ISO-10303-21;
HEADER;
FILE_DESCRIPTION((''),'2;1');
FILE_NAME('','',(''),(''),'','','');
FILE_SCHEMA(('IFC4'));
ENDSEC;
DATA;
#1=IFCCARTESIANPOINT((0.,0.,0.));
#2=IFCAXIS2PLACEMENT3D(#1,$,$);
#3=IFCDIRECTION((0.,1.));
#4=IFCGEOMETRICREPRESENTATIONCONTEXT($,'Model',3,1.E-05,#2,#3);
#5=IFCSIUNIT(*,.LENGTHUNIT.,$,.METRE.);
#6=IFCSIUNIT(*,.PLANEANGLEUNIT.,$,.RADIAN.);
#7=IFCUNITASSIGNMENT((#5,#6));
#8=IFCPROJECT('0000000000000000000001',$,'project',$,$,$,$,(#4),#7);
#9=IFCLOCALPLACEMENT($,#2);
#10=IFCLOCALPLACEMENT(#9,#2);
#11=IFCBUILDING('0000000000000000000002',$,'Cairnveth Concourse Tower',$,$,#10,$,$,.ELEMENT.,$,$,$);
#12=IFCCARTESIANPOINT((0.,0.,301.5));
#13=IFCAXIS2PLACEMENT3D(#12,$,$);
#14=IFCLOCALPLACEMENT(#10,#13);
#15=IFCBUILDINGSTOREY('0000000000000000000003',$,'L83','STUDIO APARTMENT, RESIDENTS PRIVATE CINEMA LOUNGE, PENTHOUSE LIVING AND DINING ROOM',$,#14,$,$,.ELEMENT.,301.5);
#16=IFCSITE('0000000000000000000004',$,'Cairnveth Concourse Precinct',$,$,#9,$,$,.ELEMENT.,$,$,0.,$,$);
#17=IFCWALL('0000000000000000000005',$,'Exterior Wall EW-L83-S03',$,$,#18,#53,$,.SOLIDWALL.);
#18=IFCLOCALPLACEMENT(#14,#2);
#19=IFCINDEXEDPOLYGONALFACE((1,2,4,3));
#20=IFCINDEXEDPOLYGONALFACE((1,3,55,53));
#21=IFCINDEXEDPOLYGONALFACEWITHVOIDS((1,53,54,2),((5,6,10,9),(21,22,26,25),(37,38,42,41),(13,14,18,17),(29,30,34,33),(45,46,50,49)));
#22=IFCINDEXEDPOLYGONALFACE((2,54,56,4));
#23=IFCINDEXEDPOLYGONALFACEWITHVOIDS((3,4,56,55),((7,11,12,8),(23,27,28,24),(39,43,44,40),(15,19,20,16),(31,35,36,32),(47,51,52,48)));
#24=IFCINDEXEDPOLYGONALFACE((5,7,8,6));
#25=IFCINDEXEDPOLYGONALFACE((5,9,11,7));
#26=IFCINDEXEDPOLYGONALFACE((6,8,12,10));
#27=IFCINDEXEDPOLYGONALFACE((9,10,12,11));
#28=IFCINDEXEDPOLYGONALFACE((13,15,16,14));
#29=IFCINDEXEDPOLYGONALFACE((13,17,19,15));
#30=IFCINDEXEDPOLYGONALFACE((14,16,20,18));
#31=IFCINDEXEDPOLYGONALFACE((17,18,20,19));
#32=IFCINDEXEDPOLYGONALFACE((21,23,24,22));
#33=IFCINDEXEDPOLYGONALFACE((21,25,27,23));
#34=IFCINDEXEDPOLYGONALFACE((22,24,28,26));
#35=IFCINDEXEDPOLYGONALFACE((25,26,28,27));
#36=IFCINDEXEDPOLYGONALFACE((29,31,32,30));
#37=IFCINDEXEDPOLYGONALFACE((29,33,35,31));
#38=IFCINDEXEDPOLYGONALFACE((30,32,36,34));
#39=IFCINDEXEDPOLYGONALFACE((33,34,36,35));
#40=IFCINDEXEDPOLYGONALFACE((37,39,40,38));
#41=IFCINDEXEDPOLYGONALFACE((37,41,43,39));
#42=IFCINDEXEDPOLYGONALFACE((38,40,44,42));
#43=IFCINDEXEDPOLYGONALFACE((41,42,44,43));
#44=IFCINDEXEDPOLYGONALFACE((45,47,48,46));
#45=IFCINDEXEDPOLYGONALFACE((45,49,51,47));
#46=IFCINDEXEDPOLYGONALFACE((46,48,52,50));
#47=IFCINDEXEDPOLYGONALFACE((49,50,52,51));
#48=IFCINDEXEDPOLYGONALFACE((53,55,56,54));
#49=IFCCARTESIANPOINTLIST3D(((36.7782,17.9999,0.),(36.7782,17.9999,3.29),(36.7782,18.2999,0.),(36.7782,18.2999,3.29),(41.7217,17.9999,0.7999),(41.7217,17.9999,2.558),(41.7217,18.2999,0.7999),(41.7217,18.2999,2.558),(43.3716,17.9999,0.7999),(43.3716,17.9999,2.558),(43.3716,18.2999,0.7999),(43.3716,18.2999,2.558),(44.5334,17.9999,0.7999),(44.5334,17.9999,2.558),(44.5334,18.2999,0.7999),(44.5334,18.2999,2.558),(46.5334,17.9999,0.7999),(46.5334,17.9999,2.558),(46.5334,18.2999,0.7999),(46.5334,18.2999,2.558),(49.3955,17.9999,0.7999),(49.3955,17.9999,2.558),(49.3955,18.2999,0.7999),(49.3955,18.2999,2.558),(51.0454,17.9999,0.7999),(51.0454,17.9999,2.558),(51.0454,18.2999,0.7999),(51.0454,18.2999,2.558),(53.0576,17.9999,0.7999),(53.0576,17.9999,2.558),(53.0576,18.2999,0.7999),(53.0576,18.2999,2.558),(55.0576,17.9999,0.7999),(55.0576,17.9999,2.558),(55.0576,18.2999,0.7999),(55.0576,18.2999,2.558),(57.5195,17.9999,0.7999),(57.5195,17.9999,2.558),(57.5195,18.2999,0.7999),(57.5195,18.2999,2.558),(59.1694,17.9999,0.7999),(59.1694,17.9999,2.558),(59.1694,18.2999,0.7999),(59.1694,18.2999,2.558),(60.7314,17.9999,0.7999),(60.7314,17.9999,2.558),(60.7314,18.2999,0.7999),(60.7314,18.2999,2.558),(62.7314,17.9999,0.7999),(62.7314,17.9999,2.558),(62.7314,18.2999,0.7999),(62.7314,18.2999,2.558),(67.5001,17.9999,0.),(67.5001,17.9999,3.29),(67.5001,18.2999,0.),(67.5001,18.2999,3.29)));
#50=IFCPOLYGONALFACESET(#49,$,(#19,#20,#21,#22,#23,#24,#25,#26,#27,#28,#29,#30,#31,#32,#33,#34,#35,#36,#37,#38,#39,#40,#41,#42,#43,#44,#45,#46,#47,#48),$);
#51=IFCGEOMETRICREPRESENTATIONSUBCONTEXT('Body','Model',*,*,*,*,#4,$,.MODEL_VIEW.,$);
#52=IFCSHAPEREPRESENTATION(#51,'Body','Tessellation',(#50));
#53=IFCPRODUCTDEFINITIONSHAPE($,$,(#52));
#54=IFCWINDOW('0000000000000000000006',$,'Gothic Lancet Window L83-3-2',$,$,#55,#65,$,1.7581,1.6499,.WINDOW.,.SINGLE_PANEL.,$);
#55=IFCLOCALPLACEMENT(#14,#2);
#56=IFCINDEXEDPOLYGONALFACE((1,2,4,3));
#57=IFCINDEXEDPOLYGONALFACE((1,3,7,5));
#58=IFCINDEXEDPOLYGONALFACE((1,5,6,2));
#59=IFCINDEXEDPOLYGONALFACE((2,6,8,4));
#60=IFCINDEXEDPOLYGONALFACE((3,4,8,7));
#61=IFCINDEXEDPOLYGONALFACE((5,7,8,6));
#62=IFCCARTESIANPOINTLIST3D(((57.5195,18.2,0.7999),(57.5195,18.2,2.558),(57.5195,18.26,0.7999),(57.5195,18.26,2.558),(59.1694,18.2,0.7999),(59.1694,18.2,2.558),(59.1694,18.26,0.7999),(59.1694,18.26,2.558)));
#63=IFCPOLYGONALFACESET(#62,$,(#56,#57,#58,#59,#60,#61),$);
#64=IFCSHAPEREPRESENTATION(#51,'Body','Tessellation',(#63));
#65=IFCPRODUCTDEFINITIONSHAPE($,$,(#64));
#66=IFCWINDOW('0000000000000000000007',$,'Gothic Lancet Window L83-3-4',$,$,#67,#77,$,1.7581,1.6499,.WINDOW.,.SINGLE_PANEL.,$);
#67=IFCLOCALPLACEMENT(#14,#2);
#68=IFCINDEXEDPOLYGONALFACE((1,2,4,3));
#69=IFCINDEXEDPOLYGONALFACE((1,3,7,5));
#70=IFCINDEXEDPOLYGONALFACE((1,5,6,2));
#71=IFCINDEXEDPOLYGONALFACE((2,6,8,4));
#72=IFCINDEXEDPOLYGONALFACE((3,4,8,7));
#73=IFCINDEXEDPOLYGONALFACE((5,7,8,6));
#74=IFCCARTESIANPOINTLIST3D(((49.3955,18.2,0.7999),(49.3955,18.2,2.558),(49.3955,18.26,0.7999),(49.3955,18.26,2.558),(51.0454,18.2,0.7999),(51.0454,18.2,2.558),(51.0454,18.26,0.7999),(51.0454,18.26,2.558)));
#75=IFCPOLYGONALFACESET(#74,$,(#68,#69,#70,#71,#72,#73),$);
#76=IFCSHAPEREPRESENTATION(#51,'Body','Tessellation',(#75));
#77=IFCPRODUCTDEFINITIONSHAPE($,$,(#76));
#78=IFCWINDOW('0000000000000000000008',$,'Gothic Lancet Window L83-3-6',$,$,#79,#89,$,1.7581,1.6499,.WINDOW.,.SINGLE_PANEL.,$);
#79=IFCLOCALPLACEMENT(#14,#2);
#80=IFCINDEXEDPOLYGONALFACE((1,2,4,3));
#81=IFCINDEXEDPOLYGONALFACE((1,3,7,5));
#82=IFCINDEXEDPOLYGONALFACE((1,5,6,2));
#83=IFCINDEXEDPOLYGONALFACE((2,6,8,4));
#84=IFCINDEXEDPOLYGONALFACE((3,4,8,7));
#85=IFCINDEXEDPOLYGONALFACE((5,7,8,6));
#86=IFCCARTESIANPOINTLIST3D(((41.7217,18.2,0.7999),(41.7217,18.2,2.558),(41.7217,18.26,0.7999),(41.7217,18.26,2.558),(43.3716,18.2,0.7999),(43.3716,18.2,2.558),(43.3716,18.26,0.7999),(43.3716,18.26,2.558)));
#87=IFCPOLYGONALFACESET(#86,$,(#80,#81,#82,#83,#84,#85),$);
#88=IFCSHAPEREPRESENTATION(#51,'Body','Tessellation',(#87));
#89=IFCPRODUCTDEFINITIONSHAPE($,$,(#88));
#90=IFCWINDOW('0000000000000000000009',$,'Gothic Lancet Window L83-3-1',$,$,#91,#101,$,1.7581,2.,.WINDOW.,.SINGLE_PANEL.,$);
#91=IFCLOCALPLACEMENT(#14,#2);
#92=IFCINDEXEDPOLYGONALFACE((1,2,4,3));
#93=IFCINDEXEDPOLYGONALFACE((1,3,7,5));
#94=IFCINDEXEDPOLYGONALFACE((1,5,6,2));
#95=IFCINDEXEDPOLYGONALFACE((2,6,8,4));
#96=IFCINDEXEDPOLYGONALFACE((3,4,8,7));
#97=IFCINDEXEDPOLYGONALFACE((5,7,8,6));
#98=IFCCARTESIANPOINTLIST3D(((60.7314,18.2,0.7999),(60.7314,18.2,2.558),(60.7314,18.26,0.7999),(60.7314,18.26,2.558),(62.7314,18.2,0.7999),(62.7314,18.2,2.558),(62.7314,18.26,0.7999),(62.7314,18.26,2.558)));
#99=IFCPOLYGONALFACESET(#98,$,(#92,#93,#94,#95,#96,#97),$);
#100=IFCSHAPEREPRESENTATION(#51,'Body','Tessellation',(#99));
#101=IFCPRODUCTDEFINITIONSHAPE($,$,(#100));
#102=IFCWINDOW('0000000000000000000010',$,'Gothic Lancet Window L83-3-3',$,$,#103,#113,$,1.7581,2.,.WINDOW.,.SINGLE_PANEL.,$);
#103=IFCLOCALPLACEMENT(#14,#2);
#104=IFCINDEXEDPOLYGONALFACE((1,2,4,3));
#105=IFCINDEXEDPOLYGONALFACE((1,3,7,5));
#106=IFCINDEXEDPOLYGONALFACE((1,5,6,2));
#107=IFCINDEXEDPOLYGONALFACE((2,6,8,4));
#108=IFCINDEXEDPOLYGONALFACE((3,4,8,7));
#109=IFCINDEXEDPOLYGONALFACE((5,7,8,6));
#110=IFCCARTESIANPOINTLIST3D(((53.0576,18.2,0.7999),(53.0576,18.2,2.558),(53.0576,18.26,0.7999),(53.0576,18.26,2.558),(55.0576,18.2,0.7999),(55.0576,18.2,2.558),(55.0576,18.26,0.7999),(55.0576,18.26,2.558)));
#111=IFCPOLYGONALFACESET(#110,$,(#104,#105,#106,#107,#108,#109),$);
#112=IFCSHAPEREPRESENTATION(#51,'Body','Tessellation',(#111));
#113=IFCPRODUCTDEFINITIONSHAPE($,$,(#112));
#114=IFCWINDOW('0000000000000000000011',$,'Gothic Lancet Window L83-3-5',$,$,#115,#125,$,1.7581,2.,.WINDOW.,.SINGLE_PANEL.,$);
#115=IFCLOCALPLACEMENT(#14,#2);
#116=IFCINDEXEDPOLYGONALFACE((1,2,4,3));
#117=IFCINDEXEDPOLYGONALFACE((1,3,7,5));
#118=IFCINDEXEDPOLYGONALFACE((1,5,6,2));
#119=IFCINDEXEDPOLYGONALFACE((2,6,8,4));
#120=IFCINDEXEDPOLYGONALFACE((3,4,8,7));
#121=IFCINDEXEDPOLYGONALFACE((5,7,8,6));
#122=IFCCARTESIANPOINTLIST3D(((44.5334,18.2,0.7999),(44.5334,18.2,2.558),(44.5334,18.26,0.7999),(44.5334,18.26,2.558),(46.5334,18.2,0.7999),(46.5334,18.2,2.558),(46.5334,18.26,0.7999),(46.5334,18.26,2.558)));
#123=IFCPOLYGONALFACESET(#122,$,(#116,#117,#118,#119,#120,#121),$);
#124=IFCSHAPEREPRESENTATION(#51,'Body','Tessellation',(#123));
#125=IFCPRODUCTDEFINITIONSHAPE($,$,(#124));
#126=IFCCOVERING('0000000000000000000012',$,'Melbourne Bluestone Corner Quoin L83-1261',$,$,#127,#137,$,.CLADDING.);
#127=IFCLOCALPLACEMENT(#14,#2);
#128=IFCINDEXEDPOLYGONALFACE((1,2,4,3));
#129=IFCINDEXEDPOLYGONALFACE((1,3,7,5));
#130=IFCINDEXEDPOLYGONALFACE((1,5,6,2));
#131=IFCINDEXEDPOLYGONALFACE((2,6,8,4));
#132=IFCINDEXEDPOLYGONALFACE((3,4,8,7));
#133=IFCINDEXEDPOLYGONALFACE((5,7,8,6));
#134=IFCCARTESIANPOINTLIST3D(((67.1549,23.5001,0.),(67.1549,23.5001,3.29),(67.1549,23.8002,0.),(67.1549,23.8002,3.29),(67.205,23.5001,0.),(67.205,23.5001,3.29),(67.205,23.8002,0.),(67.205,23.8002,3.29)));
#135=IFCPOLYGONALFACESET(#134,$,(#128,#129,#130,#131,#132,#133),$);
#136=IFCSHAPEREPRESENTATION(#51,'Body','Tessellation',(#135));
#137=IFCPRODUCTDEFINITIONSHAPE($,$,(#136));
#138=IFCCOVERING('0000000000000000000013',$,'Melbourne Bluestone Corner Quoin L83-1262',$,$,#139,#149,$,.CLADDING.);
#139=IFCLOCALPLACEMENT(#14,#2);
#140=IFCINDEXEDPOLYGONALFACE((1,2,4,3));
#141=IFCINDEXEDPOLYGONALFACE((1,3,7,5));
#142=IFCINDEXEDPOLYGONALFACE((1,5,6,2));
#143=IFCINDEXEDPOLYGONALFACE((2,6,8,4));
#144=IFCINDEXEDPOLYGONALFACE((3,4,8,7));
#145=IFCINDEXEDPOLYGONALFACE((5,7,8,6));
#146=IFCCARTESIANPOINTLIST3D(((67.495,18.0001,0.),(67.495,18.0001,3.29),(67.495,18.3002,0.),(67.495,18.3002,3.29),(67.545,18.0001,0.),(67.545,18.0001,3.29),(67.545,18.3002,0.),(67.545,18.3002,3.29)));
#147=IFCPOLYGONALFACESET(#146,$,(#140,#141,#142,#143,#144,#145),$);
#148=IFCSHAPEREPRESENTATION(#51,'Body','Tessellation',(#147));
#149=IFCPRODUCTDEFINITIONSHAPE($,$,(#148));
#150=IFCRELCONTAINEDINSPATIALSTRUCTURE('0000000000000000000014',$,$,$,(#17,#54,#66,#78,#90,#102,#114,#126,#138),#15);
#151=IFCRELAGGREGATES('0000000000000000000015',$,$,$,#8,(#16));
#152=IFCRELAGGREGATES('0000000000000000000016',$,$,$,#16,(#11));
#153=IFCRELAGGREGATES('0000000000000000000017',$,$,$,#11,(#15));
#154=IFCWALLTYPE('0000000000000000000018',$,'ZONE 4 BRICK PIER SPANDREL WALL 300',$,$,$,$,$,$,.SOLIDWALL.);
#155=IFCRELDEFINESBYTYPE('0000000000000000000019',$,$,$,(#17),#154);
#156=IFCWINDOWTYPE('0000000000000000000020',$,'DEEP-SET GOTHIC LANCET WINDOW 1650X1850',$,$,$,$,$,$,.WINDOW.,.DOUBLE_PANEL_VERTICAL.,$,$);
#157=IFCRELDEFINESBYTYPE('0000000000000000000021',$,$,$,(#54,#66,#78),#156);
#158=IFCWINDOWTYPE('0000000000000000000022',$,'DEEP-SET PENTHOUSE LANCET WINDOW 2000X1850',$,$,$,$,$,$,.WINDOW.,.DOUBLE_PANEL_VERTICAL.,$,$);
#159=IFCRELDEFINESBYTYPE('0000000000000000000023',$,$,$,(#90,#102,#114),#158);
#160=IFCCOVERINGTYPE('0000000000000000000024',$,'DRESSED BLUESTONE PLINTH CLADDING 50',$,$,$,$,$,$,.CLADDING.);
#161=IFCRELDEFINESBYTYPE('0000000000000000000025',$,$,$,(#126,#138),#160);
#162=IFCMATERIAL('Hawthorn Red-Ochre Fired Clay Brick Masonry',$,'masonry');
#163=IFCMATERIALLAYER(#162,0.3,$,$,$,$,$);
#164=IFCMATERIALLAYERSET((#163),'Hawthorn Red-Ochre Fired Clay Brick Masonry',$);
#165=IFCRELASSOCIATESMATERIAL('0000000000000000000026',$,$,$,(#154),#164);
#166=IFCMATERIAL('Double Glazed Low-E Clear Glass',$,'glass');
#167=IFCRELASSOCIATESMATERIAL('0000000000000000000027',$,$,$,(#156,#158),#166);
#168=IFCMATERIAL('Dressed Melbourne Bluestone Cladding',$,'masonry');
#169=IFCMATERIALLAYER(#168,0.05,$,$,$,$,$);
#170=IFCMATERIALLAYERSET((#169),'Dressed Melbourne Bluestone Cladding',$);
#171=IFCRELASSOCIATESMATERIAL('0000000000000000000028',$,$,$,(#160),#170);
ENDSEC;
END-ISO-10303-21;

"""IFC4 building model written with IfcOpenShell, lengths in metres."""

from ifc_helpers import new_model, si_unit, direction, frame, frame_2d, origin, place, context, subcontext, project, spatial, rectangle, extrude, material, layer, layer_set, type_object, element, fill, save


model = new_model("IFC4")

# Units and contexts
model_context = context("Model", 3, precision=1e-05, world=origin(), true_north=direction((0.0, 1.0)))
body_context = subcontext(model_context, "Body", "Model", "MODEL_VIEW")
ifc_project = project(units=[si_unit("LENGTHUNIT", "METRE"), si_unit("PLANEANGLEUNIT", "RADIAN")], contexts=[model_context])

# Site, building, storey
site_placement = place(None, origin())
site = spatial("IfcSite", under=ifc_project, at=site_placement, Name="Cairnveth Concourse Precinct", CompositionType="ELEMENT", RefElevation=0.0)
building_placement = place(site_placement, origin())
building = spatial("IfcBuilding", under=site, at=building_placement, Name="Cairnveth Concourse Tower", CompositionType="ELEMENT")
storey_placement = place(building_placement, frame((0.0, 0.0, 301.5)))
storey = spatial("IfcBuildingStorey", under=building, at=storey_placement, Name="L83", Description="STUDIO APARTMENT, RESIDENTS PRIVATE CINEMA LOUNGE, PENTHOUSE LIVING AND DINING ROOM", CompositionType="ELEMENT", Elevation=301.5)

# Shared definitions
ifc_material_1 = material(Name="Hawthorn Red-Ochre Fired Clay Brick Masonry", Category="masonry")
ifc_layer_1 = layer(ifc_material_1, 0.3)
ifc_layer_set_1 = layer_set([ifc_layer_1], Name="Hawthorn Red-Ochre Fired Clay Brick Masonry")
wall_type = type_object("IfcWallType", Name="ZONE 4 BRICK PIER SPANDREL WALL 300", PredefinedType="SOLIDWALL", material=ifc_layer_set_1)
ifc_material_2 = material(Name="Double Glazed Low-E Clear Glass", Category="glass")

# Wall, openings, windows
wall_1_placement = place(storey_placement, frame((67.5, 18.1499, 0.0), z_axis=(0.0, 0.0, 1.0), x_axis=(-1.0, 0.0, 0.0)))
wall_1 = element("IfcWall", 1, at=wall_1_placement, inside=storey, type_object=wall_type, Name="Exterior Wall EW-L83-S03", PredefinedType="SOLIDWALL", context=body_context, shape_type="SweptSolid", body=[
    extrude(rectangle(XDim=30.7219, YDim=0.3, at=frame_2d((15.3608, 0.0))), origin(), (0.0, 0.0, 1.0), 3.29),
])
opening_1_placement = place(wall_1_placement, frame((4.7686, 0.0, 0.8)))
opening_1 = element("IfcOpeningElement", 2, at=opening_1_placement, cuts=wall_1, PredefinedType="OPENING", context=body_context, shape_type="SweptSolid", body=[
    extrude(rectangle(XDim=2.0, YDim=1.7581, at=frame_2d((1.0, 0.8789))), frame((0.0, 0.1599, 0.0), z_axis=(0.0, -1.0, 0.0), x_axis=(1.0, 0.0, 0.0)), (0.0, 0.0, 1.0), 0.3201),
])
opening_2_placement = place(wall_1_placement, frame((8.3306, 0.0, 0.8)))
opening_2 = element("IfcOpeningElement", 3, at=opening_2_placement, cuts=wall_1, PredefinedType="OPENING", context=body_context, shape_type="SweptSolid", body=[
    extrude(rectangle(XDim=1.6499, YDim=1.7581, at=frame_2d((0.825, 0.8789))), frame((0.0, 0.1599, 0.0), z_axis=(0.0, -1.0, 0.0), x_axis=(1.0, 0.0, 0.0)), (0.0, 0.0, 1.0), 0.3201),
])
opening_3_placement = place(wall_1_placement, frame((12.4424, 0.0, 0.8)))
opening_3 = element("IfcOpeningElement", 4, at=opening_3_placement, cuts=wall_1, PredefinedType="OPENING", context=body_context, shape_type="SweptSolid", body=[
    extrude(rectangle(XDim=2.0, YDim=1.7581, at=frame_2d((1.0, 0.8789))), frame((0.0, 0.1599, 0.0), z_axis=(0.0, -1.0, 0.0), x_axis=(1.0, 0.0, 0.0)), (0.0, 0.0, 1.0), 0.3201),
])
opening_4_placement = place(wall_1_placement, frame((16.4546, 0.0, 0.8)))
opening_4 = element("IfcOpeningElement", 5, at=opening_4_placement, cuts=wall_1, PredefinedType="OPENING", context=body_context, shape_type="SweptSolid", body=[
    extrude(rectangle(XDim=1.6499, YDim=1.7581, at=frame_2d((0.825, 0.8789))), frame((0.0, 0.1599, 0.0), z_axis=(0.0, -1.0, 0.0), x_axis=(1.0, 0.0, 0.0)), (0.0, 0.0, 1.0), 0.3201),
])
opening_5_placement = place(wall_1_placement, frame((20.9666, 0.0, 0.8)))
opening_5 = element("IfcOpeningElement", 6, at=opening_5_placement, cuts=wall_1, PredefinedType="OPENING", context=body_context, shape_type="SweptSolid", body=[
    extrude(rectangle(XDim=2.0, YDim=1.7581, at=frame_2d((1.0, 0.8789))), frame((0.0, 0.1599, 0.0), z_axis=(0.0, -1.0, 0.0), x_axis=(1.0, 0.0, 0.0)), (0.0, 0.0, 1.0), 0.3201),
])
opening_6_placement = place(wall_1_placement, frame((24.1284, 0.0, 0.8)))
opening_6 = element("IfcOpeningElement", 7, at=opening_6_placement, cuts=wall_1, PredefinedType="OPENING", context=body_context, shape_type="SweptSolid", body=[
    extrude(rectangle(XDim=1.6499, YDim=1.7581, at=frame_2d((0.825, 0.8789))), frame((0.0, 0.1599, 0.0), z_axis=(0.0, -1.0, 0.0), x_axis=(1.0, 0.0, 0.0)), (0.0, 0.0, 1.0), 0.3201),
])
window_type_1 = type_object("IfcWindowType", Name="DEEP-SET GOTHIC LANCET WINDOW 1650X1850", PartitioningType="DOUBLE_PANEL_VERTICAL", PredefinedType="WINDOW", material=ifc_material_2)
window_1_placement = place(opening_2_placement, origin())
window_1 = element("IfcWindow", 8, at=window_1_placement, inside=storey, type_object=window_type_1, Name="Gothic Lancet Window L83-3-2", OverallHeight=1.7581, OverallWidth=1.6499, PartitioningType="SINGLE_PANEL", PredefinedType="WINDOW", context=body_context, shape_type="SweptSolid", body=[
    extrude(rectangle(XDim=1.6499, YDim=1.7581, at=frame_2d((0.825, 0.8789))), frame((0.0, -0.05, 0.0), z_axis=(0.0, -1.0, 0.0), x_axis=(1.0, 0.0, 0.0)), (0.0, 0.0, 1.0), 0.0601),
])
fill(opening_2, window_1)
window_2_placement = place(opening_4_placement, origin())
window_2 = element("IfcWindow", 9, at=window_2_placement, inside=storey, type_object=window_type_1, Name="Gothic Lancet Window L83-3-4", OverallHeight=1.7581, OverallWidth=1.6499, PartitioningType="SINGLE_PANEL", PredefinedType="WINDOW", context=body_context, shape_type="SweptSolid", body=[
    extrude(rectangle(XDim=1.6499, YDim=1.7581, at=frame_2d((0.825, 0.8789))), frame((0.0, -0.05, 0.0), z_axis=(0.0, -1.0, 0.0), x_axis=(1.0, 0.0, 0.0)), (0.0, 0.0, 1.0), 0.0601),
])
fill(opening_4, window_2)
window_3_placement = place(opening_6_placement, origin())
window_3 = element("IfcWindow", 10, at=window_3_placement, inside=storey, type_object=window_type_1, Name="Gothic Lancet Window L83-3-6", OverallHeight=1.7581, OverallWidth=1.6499, PartitioningType="SINGLE_PANEL", PredefinedType="WINDOW", context=body_context, shape_type="SweptSolid", body=[
    extrude(rectangle(XDim=1.6499, YDim=1.7581, at=frame_2d((0.825, 0.8789))), frame((0.0, -0.05, 0.0), z_axis=(0.0, -1.0, 0.0), x_axis=(1.0, 0.0, 0.0)), (0.0, 0.0, 1.0), 0.0601),
])
fill(opening_6, window_3)
window_type_2 = type_object("IfcWindowType", Name="DEEP-SET PENTHOUSE LANCET WINDOW 2000X1850", PartitioningType="DOUBLE_PANEL_VERTICAL", PredefinedType="WINDOW", material=ifc_material_2)
window_4_placement = place(opening_1_placement, origin())
window_4 = element("IfcWindow", 11, at=window_4_placement, inside=storey, type_object=window_type_2, Name="Gothic Lancet Window L83-3-1", OverallHeight=1.7581, OverallWidth=2.0, PartitioningType="SINGLE_PANEL", PredefinedType="WINDOW", context=body_context, shape_type="SweptSolid", body=[
    extrude(rectangle(XDim=2.0, YDim=1.7581, at=frame_2d((1.0, 0.8789))), frame((0.0, -0.05, 0.0), z_axis=(0.0, -1.0, 0.0), x_axis=(1.0, 0.0, 0.0)), (0.0, 0.0, 1.0), 0.0601),
])
fill(opening_1, window_4)
window_5_placement = place(opening_3_placement, origin())
window_5 = element("IfcWindow", 12, at=window_5_placement, inside=storey, type_object=window_type_2, Name="Gothic Lancet Window L83-3-3", OverallHeight=1.7581, OverallWidth=2.0, PartitioningType="SINGLE_PANEL", PredefinedType="WINDOW", context=body_context, shape_type="SweptSolid", body=[
    extrude(rectangle(XDim=2.0, YDim=1.7581, at=frame_2d((1.0, 0.8789))), frame((0.0, -0.05, 0.0), z_axis=(0.0, -1.0, 0.0), x_axis=(1.0, 0.0, 0.0)), (0.0, 0.0, 1.0), 0.0601),
])
fill(opening_3, window_5)
window_6_placement = place(opening_5_placement, origin())
window_6 = element("IfcWindow", 13, at=window_6_placement, inside=storey, type_object=window_type_2, Name="Gothic Lancet Window L83-3-5", OverallHeight=1.7581, OverallWidth=2.0, PartitioningType="SINGLE_PANEL", PredefinedType="WINDOW", context=body_context, shape_type="SweptSolid", body=[
    extrude(rectangle(XDim=2.0, YDim=1.7581, at=frame_2d((1.0, 0.8789))), frame((0.0, -0.05, 0.0), z_axis=(0.0, -1.0, 0.0), x_axis=(1.0, 0.0, 0.0)), (0.0, 0.0, 1.0), 0.0601),
])
fill(opening_5, window_6)

# Coverings
ifc_material_3 = material(Name="Dressed Melbourne Bluestone Cladding", Category="masonry")
ifc_layer_2 = layer(ifc_material_3, 0.05)
ifc_layer_set_2 = layer_set([ifc_layer_2], Name="Dressed Melbourne Bluestone Cladding")
covering_type = type_object("IfcCoveringType", Name="DRESSED BLUESTONE PLINTH CLADDING 50", PredefinedType="CLADDING", material=ifc_layer_set_2)
for number, where, z_axis, x_axis, name in (
    (14, (67.1799, 23.8, 0.0), (0.0, 0.0, 1.0), (0.0, -1.0, 0.0), "Melbourne Bluestone Corner Quoin L83-1261"),
    (15, (67.52, 18.3, 0.0), (0.0, 0.0, 1.0), (0.0, -1.0, 0.0), "Melbourne Bluestone Corner Quoin L83-1262"),
):
    element("IfcCovering", number, at=place(storey_placement, frame(where, z_axis=z_axis, x_axis=x_axis)), inside=storey, type_object=covering_type, Name=name, PredefinedType="CLADDING", context=body_context, shape_type="SweptSolid", body=[
        extrude(rectangle(XDim=0.3, YDim=0.05, at=frame_2d((0.1499, 0.0))), origin(), (0.0, 0.0, 1.0), 3.29),
    ])

save(model, "model.ifc")
